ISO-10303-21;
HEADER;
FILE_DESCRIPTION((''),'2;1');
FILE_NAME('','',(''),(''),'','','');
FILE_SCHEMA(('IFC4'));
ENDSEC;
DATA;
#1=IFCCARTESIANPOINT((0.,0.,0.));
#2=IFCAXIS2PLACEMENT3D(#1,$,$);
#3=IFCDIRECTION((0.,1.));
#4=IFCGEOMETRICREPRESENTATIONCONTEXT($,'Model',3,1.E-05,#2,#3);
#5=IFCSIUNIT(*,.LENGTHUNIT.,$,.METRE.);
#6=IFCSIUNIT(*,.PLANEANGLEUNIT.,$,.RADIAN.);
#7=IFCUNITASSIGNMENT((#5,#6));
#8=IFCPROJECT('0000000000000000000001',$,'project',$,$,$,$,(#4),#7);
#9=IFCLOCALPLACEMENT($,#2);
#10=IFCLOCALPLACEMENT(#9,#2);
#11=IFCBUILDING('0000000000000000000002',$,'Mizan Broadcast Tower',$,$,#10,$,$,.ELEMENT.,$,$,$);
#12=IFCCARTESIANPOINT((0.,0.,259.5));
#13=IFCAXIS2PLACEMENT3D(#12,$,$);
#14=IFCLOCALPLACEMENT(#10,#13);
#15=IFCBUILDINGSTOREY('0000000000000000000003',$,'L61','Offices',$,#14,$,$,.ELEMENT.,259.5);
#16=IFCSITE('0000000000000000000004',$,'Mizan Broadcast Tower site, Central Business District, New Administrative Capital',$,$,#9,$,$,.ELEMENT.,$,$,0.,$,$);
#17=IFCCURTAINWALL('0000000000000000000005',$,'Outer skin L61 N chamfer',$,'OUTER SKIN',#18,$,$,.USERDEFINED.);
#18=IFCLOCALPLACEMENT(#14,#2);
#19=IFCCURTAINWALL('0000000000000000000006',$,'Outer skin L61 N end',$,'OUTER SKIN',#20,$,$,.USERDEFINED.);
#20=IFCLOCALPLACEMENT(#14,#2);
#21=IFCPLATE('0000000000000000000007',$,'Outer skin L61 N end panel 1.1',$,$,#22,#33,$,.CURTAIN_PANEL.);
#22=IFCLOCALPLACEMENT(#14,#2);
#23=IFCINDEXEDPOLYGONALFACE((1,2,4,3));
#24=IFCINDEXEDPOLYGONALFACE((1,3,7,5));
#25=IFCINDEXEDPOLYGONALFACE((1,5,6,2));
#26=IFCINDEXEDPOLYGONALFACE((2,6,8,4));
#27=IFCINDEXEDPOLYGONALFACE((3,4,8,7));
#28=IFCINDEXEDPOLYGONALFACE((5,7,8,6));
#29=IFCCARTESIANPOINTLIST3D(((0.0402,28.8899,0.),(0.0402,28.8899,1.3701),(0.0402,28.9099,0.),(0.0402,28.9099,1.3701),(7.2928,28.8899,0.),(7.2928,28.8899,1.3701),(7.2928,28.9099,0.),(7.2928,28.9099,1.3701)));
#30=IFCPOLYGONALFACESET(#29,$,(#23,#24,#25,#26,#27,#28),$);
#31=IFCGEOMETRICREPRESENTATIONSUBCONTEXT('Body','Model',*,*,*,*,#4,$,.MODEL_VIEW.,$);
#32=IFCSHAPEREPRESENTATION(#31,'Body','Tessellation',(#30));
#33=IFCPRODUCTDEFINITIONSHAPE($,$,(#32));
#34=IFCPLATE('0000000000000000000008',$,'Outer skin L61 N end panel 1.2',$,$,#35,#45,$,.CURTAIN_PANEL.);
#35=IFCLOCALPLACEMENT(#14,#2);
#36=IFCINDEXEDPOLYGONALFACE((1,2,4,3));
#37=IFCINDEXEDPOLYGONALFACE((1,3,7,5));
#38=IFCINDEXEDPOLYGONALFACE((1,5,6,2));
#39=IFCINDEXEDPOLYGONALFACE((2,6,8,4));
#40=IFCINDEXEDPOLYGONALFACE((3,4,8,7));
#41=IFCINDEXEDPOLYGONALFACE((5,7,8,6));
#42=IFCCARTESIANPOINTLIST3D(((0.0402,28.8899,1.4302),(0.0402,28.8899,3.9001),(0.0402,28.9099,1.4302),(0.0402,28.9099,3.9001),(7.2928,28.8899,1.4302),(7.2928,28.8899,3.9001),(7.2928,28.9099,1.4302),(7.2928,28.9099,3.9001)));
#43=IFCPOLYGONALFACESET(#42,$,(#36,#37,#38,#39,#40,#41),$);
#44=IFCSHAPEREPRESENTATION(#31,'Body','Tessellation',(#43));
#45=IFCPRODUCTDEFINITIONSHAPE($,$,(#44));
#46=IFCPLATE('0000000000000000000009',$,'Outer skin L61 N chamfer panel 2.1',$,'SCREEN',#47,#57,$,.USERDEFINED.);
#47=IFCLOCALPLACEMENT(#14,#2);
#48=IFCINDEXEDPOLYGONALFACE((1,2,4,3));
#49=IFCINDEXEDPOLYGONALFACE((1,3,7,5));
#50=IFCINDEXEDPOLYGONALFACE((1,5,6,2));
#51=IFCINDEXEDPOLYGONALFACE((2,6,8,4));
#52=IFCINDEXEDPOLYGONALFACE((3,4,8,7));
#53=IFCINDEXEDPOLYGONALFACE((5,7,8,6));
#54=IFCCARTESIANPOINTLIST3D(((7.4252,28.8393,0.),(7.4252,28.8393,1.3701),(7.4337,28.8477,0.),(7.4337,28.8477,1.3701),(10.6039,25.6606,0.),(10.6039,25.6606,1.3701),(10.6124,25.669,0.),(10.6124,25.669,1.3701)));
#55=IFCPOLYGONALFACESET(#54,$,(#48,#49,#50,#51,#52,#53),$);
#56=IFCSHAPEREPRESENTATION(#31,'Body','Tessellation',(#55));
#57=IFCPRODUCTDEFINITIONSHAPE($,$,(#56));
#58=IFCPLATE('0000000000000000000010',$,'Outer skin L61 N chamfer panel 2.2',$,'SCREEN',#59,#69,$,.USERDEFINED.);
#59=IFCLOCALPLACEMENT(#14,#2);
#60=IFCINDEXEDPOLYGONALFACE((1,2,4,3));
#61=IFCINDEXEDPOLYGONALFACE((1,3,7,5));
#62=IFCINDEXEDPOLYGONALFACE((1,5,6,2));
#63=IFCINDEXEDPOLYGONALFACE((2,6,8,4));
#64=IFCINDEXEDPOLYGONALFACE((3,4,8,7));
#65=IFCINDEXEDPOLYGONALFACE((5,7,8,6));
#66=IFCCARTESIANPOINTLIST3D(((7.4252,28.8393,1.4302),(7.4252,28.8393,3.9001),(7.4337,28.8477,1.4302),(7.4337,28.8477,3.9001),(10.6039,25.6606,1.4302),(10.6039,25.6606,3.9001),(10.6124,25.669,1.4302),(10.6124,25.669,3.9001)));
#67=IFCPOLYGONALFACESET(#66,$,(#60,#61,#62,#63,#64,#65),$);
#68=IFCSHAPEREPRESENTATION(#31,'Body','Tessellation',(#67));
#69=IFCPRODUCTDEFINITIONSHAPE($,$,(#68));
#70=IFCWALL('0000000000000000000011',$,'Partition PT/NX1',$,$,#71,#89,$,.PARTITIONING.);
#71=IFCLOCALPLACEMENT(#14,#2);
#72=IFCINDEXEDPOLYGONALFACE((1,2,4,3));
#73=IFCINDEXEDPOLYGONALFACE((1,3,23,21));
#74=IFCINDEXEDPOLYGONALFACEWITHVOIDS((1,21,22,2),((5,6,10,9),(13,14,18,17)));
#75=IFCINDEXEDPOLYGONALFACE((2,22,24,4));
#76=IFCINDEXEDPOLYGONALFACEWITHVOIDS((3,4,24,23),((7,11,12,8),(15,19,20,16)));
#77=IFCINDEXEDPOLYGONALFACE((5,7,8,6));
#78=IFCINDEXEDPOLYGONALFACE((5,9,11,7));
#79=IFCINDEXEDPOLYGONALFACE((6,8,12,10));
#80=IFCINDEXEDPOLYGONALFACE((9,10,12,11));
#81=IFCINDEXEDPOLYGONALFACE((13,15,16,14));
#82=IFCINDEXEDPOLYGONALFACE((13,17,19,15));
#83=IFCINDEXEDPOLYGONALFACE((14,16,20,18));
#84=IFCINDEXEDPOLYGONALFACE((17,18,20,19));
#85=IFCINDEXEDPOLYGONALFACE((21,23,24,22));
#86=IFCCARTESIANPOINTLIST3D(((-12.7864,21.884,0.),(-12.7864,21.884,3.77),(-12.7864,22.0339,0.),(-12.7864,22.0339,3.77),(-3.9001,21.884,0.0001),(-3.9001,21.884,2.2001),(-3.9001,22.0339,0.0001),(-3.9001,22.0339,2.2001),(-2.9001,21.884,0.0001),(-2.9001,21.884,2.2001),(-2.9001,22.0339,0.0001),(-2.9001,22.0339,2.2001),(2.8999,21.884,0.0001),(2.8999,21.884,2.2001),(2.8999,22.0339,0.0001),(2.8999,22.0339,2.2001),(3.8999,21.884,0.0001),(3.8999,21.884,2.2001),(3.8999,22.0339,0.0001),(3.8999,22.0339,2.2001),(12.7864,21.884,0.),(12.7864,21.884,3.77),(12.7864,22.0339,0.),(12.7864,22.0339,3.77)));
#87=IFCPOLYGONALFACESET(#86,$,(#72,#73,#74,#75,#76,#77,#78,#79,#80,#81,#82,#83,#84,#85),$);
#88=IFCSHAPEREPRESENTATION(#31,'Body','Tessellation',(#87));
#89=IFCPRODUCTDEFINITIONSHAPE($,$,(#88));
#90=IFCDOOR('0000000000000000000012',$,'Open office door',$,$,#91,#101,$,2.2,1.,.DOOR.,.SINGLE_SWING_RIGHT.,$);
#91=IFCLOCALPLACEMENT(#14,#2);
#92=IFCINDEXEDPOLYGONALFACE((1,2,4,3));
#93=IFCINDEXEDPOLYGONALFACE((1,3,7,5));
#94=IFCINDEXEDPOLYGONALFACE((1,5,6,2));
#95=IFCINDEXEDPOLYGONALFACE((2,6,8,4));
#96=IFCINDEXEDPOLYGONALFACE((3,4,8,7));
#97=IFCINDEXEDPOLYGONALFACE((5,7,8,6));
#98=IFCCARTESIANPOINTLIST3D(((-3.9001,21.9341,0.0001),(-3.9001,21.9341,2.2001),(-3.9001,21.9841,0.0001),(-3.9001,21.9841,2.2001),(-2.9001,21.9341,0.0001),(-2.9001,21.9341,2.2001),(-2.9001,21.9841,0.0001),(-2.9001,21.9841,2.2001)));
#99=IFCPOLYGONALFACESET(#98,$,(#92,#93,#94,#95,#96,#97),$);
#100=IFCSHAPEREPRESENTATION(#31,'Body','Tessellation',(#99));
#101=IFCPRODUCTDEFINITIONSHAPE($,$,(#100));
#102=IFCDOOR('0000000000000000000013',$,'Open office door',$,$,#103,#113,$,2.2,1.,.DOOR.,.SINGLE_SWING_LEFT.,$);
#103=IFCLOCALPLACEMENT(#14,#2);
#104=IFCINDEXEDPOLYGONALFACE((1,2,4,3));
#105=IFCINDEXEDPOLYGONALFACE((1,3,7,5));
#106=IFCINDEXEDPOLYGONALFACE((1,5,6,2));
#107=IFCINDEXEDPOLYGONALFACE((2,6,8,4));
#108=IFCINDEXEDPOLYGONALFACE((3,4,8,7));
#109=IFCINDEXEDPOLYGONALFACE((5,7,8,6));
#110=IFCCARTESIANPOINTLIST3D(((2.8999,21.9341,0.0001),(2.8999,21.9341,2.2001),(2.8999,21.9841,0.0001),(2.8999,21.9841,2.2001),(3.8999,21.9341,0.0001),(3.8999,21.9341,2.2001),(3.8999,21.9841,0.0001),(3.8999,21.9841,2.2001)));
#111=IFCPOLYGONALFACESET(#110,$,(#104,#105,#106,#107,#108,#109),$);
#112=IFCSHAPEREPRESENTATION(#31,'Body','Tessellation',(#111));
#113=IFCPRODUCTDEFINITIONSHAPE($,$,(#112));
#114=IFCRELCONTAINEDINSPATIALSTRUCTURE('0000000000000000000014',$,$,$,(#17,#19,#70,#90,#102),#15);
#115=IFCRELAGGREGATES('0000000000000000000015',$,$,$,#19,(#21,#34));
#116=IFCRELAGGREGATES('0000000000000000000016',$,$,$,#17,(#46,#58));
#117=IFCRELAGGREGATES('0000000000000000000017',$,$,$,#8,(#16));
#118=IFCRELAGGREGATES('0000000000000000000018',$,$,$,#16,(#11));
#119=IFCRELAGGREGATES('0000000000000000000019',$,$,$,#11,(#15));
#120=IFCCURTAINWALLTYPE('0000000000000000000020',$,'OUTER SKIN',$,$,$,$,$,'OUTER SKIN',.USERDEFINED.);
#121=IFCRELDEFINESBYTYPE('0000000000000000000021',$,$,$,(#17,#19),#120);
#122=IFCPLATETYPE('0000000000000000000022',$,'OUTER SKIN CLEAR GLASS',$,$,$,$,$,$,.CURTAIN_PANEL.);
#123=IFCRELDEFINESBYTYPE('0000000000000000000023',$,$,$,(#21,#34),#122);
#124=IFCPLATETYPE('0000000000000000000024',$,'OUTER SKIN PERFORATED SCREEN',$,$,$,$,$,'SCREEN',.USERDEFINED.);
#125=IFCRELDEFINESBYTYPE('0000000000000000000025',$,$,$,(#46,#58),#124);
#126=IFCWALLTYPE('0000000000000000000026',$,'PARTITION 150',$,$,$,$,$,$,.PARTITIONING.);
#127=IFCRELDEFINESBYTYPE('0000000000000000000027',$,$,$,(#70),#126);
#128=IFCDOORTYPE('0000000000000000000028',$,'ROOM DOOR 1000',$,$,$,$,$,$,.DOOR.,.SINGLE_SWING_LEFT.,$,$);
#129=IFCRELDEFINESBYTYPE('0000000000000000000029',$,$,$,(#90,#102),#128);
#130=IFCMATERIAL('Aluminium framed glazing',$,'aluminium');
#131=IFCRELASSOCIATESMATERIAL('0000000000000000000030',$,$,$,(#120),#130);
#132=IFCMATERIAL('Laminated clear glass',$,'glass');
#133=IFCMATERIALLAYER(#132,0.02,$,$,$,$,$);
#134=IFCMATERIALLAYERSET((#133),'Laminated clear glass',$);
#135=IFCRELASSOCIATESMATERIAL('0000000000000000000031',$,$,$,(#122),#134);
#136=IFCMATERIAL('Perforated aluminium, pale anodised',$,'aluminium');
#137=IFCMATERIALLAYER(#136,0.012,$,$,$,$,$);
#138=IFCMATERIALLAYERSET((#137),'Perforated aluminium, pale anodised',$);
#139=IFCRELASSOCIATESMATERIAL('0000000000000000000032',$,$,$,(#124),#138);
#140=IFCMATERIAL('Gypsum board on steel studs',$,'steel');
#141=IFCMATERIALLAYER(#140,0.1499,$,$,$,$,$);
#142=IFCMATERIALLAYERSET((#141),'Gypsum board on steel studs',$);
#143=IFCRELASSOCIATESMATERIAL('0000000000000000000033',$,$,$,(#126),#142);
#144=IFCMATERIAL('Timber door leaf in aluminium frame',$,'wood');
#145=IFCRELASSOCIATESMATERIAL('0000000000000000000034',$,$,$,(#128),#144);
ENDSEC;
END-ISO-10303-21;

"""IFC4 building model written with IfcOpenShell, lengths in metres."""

from ifc_helpers import new_model, si_unit, direction, frame, frame_2d, origin, origin_2d, place, context, subcontext, project, spatial, rectangle, extrude, material, layer, layer_set, type_object, element, fill, aggregate, save


model = new_model("IFC4")

# Units and contexts
model_context = context("Model", 3, precision=1e-05, world=origin(), true_north=direction((0.0, 1.0)))
body_context = subcontext(model_context, "Body", "Model", "MODEL_VIEW")
ifc_project = project(units=[si_unit("LENGTHUNIT", "METRE"), si_unit("PLANEANGLEUNIT", "RADIAN")], contexts=[model_context])

# Site, building, storey
site_placement = place(None, origin())
site = spatial("IfcSite", under=ifc_project, at=site_placement, Name="Mizan Broadcast Tower site, Central Business District, New Administrative Capital", CompositionType="ELEMENT", RefElevation=0.0)
building_placement = place(site_placement, origin())
building = spatial("IfcBuilding", under=site, at=building_placement, Name="Mizan Broadcast Tower", CompositionType="ELEMENT")
storey_placement = place(building_placement, frame((0.0, 0.0, 259.5)))
storey = spatial("IfcBuildingStorey", under=building, at=storey_placement, Name="L61", Description="Offices", CompositionType="ELEMENT", Elevation=259.5)

# Curtain wall
ifc_material_1 = material(Name="Aluminium framed glazing", Category="aluminium")
curtain_wall_type_1 = type_object("IfcCurtainWallType", Name="OUTER SKIN", ElementType="OUTER SKIN", PredefinedType="USERDEFINED", material=ifc_material_1)
curtain_wall_1_placement = place(storey_placement, origin())
curtain_wall_1 = element("IfcCurtainWall", 1, at=curtain_wall_1_placement, inside=storey, type_object=curtain_wall_type_1, Name="Outer skin L61 N chamfer", ObjectType="OUTER SKIN", PredefinedType="USERDEFINED")

# Curtain wall
curtain_wall_2_placement = place(storey_placement, origin())
curtain_wall_2 = element("IfcCurtainWall", 2, at=curtain_wall_2_placement, inside=storey, type_object=curtain_wall_type_1, Name="Outer skin L61 N end", ObjectType="OUTER SKIN", PredefinedType="USERDEFINED")

# Plates
ifc_material_2 = material(Name="Laminated clear glass", Category="glass")
ifc_layer_1 = layer(ifc_material_2, 0.02)
ifc_layer_set_1 = layer_set([ifc_layer_1], Name="Laminated clear glass")
plate_type_1 = type_object("IfcPlateType", Name="OUTER SKIN CLEAR GLASS", PredefinedType="CURTAIN_PANEL", material=ifc_layer_set_1)
plate_1_placement = place(storey_placement, frame((3.6665, 28.8999, 0.0), z_axis=(0.0, 0.0, 1.0), x_axis=(-1.0, 0.0, 0.0)))
plate_1 = element("IfcPlate", 3, at=plate_1_placement, type_object=plate_type_1, Name="Outer skin L61 N end panel 1.1", PredefinedType="CURTAIN_PANEL", context=body_context, shape_type="SweptSolid", body=[
    extrude(rectangle(XDim=7.2527, YDim=0.02, at=origin_2d()), origin(), (0.0, 0.0, 1.0), 1.3701),
])
plate_2_placement = place(storey_placement, frame((3.6665, 28.8999, 1.4302), z_axis=(0.0, 0.0, 1.0), x_axis=(-1.0, 0.0, 0.0)))
plate_2 = element("IfcPlate", 4, at=plate_2_placement, type_object=plate_type_1, Name="Outer skin L61 N end panel 1.2", PredefinedType="CURTAIN_PANEL", context=body_context, shape_type="SweptSolid", body=[
    extrude(rectangle(XDim=7.2527, YDim=0.02, at=origin_2d()), origin(), (0.0, 0.0, 1.0), 2.47),
])
aggregate(curtain_wall_2, [plate_1, plate_2])
ifc_material_3 = material(Name="Perforated aluminium, pale anodised", Category="aluminium")
ifc_layer_2 = layer(ifc_material_3, 0.012)
ifc_layer_set_2 = layer_set([ifc_layer_2], Name="Perforated aluminium, pale anodised")
plate_type_2 = type_object("IfcPlateType", Name="OUTER SKIN PERFORATED SCREEN", ElementType="SCREEN", PredefinedType="USERDEFINED", material=ifc_layer_set_2)
plate_3_placement = place(storey_placement, frame((9.0188, 27.2542, 0.0), z_axis=(0.0, 0.0, 1.0), x_axis=(-0.707107, 0.707107, 0.0)))
plate_3 = element("IfcPlate", 5, at=plate_3_placement, type_object=plate_type_2, Name="Outer skin L61 N chamfer panel 2.1", ObjectType="SCREEN", PredefinedType="USERDEFINED", context=body_context, shape_type="SweptSolid", body=[
    extrude(rectangle(XDim=4.4954, YDim=0.012, at=origin_2d()), origin(), (0.0, 0.0, 1.0), 1.3701),
])
plate_4_placement = place(storey_placement, frame((9.0188, 27.2542, 1.4302), z_axis=(0.0, 0.0, 1.0), x_axis=(-0.707107, 0.707107, 0.0)))
plate_4 = element("IfcPlate", 6, at=plate_4_placement, type_object=plate_type_2, Name="Outer skin L61 N chamfer panel 2.2", ObjectType="SCREEN", PredefinedType="USERDEFINED", context=body_context, shape_type="SweptSolid", body=[
    extrude(rectangle(XDim=4.4954, YDim=0.012, at=origin_2d()), origin(), (0.0, 0.0, 1.0), 2.47),
])
aggregate(curtain_wall_1, [plate_3, plate_4])

# Wall, openings, doors
ifc_material_4 = material(Name="Gypsum board on steel studs", Category="steel")
ifc_layer_3 = layer(ifc_material_4, 0.1499)
ifc_layer_set_3 = layer_set([ifc_layer_3], Name="Gypsum board on steel studs")
wall_type = type_object("IfcWallType", Name="PARTITION 150", PredefinedType="PARTITIONING", material=ifc_layer_set_3)
wall_placement = place(storey_placement, frame((12.7864, 21.959, 0.0), z_axis=(0.0, 0.0, 1.0), x_axis=(-1.0, 0.0, 0.0)))
wall = element("IfcWall", 7, at=wall_placement, inside=storey, type_object=wall_type, Name="Partition PT/NX1", PredefinedType="PARTITIONING", context=body_context, shape_type="SweptSolid", body=[
    extrude(rectangle(XDim=25.5728, YDim=0.1499, at=frame_2d((12.7864, 0.0))), origin(), (0.0, 0.0, 1.0), 3.77),
])
opening_1_placement = place(wall_placement, frame((15.6865, 0.0, 0.0)))
opening_1 = element("IfcOpeningElement", 8, at=opening_1_placement, cuts=wall, PredefinedType="OPENING", context=body_context, shape_type="SweptSolid", body=[
    extrude(rectangle(XDim=1.0, YDim=2.2, at=frame_2d((0.5, 1.1001))), frame((0.0, 0.085, 0.0), z_axis=(0.0, -1.0, 0.0), x_axis=(1.0, 0.0, 0.0)), (0.0, 0.0, 1.0), 0.1699),
])
opening_2_placement = place(wall_placement, frame((8.8865, 0.0, 0.0)))
opening_2 = element("IfcOpeningElement", 9, at=opening_2_placement, cuts=wall, PredefinedType="OPENING", context=body_context, shape_type="SweptSolid", body=[
    extrude(rectangle(XDim=1.0, YDim=2.2, at=frame_2d((0.5, 1.1001))), frame((0.0, 0.085, 0.0), z_axis=(0.0, -1.0, 0.0), x_axis=(1.0, 0.0, 0.0)), (0.0, 0.0, 1.0), 0.1699),
])
ifc_material_5 = material(Name="Timber door leaf in aluminium frame", Category="wood")
door_type = type_object("IfcDoorType", Name="ROOM DOOR 1000", OperationType="SINGLE_SWING_LEFT", PredefinedType="DOOR", material=ifc_material_5)
door_1_placement = place(opening_1_placement, origin())
door_1 = element("IfcDoor", 10, at=door_1_placement, inside=storey, type_object=door_type, Name="Open office door", OperationType="SINGLE_SWING_RIGHT", OverallHeight=2.2, OverallWidth=1.0, PredefinedType="DOOR", context=body_context, shape_type="SweptSolid", body=[
    extrude(rectangle(XDim=1.0, YDim=2.2, at=frame_2d((0.5, 1.1001))), frame((0.0, 0.0249, 0.0), z_axis=(0.0, -1.0, 0.0), x_axis=(1.0, 0.0, 0.0)), (0.0, 0.0, 1.0), 0.05),
])
fill(opening_1, door_1)
door_2_placement = place(opening_2_placement, origin())
door_2 = element("IfcDoor", 11, at=door_2_placement, inside=storey, type_object=door_type, Name="Open office door", OperationType="SINGLE_SWING_LEFT", OverallHeight=2.2, OverallWidth=1.0, PredefinedType="DOOR", context=body_context, shape_type="SweptSolid", body=[
    extrude(rectangle(XDim=1.0, YDim=2.2, at=frame_2d((0.5, 1.1001))), frame((0.0, 0.0249, 0.0), z_axis=(0.0, -1.0, 0.0), x_axis=(1.0, 0.0, 0.0)), (0.0, 0.0, 1.0), 0.05),
])
fill(opening_2, door_2)

save(model, "model.ifc")
